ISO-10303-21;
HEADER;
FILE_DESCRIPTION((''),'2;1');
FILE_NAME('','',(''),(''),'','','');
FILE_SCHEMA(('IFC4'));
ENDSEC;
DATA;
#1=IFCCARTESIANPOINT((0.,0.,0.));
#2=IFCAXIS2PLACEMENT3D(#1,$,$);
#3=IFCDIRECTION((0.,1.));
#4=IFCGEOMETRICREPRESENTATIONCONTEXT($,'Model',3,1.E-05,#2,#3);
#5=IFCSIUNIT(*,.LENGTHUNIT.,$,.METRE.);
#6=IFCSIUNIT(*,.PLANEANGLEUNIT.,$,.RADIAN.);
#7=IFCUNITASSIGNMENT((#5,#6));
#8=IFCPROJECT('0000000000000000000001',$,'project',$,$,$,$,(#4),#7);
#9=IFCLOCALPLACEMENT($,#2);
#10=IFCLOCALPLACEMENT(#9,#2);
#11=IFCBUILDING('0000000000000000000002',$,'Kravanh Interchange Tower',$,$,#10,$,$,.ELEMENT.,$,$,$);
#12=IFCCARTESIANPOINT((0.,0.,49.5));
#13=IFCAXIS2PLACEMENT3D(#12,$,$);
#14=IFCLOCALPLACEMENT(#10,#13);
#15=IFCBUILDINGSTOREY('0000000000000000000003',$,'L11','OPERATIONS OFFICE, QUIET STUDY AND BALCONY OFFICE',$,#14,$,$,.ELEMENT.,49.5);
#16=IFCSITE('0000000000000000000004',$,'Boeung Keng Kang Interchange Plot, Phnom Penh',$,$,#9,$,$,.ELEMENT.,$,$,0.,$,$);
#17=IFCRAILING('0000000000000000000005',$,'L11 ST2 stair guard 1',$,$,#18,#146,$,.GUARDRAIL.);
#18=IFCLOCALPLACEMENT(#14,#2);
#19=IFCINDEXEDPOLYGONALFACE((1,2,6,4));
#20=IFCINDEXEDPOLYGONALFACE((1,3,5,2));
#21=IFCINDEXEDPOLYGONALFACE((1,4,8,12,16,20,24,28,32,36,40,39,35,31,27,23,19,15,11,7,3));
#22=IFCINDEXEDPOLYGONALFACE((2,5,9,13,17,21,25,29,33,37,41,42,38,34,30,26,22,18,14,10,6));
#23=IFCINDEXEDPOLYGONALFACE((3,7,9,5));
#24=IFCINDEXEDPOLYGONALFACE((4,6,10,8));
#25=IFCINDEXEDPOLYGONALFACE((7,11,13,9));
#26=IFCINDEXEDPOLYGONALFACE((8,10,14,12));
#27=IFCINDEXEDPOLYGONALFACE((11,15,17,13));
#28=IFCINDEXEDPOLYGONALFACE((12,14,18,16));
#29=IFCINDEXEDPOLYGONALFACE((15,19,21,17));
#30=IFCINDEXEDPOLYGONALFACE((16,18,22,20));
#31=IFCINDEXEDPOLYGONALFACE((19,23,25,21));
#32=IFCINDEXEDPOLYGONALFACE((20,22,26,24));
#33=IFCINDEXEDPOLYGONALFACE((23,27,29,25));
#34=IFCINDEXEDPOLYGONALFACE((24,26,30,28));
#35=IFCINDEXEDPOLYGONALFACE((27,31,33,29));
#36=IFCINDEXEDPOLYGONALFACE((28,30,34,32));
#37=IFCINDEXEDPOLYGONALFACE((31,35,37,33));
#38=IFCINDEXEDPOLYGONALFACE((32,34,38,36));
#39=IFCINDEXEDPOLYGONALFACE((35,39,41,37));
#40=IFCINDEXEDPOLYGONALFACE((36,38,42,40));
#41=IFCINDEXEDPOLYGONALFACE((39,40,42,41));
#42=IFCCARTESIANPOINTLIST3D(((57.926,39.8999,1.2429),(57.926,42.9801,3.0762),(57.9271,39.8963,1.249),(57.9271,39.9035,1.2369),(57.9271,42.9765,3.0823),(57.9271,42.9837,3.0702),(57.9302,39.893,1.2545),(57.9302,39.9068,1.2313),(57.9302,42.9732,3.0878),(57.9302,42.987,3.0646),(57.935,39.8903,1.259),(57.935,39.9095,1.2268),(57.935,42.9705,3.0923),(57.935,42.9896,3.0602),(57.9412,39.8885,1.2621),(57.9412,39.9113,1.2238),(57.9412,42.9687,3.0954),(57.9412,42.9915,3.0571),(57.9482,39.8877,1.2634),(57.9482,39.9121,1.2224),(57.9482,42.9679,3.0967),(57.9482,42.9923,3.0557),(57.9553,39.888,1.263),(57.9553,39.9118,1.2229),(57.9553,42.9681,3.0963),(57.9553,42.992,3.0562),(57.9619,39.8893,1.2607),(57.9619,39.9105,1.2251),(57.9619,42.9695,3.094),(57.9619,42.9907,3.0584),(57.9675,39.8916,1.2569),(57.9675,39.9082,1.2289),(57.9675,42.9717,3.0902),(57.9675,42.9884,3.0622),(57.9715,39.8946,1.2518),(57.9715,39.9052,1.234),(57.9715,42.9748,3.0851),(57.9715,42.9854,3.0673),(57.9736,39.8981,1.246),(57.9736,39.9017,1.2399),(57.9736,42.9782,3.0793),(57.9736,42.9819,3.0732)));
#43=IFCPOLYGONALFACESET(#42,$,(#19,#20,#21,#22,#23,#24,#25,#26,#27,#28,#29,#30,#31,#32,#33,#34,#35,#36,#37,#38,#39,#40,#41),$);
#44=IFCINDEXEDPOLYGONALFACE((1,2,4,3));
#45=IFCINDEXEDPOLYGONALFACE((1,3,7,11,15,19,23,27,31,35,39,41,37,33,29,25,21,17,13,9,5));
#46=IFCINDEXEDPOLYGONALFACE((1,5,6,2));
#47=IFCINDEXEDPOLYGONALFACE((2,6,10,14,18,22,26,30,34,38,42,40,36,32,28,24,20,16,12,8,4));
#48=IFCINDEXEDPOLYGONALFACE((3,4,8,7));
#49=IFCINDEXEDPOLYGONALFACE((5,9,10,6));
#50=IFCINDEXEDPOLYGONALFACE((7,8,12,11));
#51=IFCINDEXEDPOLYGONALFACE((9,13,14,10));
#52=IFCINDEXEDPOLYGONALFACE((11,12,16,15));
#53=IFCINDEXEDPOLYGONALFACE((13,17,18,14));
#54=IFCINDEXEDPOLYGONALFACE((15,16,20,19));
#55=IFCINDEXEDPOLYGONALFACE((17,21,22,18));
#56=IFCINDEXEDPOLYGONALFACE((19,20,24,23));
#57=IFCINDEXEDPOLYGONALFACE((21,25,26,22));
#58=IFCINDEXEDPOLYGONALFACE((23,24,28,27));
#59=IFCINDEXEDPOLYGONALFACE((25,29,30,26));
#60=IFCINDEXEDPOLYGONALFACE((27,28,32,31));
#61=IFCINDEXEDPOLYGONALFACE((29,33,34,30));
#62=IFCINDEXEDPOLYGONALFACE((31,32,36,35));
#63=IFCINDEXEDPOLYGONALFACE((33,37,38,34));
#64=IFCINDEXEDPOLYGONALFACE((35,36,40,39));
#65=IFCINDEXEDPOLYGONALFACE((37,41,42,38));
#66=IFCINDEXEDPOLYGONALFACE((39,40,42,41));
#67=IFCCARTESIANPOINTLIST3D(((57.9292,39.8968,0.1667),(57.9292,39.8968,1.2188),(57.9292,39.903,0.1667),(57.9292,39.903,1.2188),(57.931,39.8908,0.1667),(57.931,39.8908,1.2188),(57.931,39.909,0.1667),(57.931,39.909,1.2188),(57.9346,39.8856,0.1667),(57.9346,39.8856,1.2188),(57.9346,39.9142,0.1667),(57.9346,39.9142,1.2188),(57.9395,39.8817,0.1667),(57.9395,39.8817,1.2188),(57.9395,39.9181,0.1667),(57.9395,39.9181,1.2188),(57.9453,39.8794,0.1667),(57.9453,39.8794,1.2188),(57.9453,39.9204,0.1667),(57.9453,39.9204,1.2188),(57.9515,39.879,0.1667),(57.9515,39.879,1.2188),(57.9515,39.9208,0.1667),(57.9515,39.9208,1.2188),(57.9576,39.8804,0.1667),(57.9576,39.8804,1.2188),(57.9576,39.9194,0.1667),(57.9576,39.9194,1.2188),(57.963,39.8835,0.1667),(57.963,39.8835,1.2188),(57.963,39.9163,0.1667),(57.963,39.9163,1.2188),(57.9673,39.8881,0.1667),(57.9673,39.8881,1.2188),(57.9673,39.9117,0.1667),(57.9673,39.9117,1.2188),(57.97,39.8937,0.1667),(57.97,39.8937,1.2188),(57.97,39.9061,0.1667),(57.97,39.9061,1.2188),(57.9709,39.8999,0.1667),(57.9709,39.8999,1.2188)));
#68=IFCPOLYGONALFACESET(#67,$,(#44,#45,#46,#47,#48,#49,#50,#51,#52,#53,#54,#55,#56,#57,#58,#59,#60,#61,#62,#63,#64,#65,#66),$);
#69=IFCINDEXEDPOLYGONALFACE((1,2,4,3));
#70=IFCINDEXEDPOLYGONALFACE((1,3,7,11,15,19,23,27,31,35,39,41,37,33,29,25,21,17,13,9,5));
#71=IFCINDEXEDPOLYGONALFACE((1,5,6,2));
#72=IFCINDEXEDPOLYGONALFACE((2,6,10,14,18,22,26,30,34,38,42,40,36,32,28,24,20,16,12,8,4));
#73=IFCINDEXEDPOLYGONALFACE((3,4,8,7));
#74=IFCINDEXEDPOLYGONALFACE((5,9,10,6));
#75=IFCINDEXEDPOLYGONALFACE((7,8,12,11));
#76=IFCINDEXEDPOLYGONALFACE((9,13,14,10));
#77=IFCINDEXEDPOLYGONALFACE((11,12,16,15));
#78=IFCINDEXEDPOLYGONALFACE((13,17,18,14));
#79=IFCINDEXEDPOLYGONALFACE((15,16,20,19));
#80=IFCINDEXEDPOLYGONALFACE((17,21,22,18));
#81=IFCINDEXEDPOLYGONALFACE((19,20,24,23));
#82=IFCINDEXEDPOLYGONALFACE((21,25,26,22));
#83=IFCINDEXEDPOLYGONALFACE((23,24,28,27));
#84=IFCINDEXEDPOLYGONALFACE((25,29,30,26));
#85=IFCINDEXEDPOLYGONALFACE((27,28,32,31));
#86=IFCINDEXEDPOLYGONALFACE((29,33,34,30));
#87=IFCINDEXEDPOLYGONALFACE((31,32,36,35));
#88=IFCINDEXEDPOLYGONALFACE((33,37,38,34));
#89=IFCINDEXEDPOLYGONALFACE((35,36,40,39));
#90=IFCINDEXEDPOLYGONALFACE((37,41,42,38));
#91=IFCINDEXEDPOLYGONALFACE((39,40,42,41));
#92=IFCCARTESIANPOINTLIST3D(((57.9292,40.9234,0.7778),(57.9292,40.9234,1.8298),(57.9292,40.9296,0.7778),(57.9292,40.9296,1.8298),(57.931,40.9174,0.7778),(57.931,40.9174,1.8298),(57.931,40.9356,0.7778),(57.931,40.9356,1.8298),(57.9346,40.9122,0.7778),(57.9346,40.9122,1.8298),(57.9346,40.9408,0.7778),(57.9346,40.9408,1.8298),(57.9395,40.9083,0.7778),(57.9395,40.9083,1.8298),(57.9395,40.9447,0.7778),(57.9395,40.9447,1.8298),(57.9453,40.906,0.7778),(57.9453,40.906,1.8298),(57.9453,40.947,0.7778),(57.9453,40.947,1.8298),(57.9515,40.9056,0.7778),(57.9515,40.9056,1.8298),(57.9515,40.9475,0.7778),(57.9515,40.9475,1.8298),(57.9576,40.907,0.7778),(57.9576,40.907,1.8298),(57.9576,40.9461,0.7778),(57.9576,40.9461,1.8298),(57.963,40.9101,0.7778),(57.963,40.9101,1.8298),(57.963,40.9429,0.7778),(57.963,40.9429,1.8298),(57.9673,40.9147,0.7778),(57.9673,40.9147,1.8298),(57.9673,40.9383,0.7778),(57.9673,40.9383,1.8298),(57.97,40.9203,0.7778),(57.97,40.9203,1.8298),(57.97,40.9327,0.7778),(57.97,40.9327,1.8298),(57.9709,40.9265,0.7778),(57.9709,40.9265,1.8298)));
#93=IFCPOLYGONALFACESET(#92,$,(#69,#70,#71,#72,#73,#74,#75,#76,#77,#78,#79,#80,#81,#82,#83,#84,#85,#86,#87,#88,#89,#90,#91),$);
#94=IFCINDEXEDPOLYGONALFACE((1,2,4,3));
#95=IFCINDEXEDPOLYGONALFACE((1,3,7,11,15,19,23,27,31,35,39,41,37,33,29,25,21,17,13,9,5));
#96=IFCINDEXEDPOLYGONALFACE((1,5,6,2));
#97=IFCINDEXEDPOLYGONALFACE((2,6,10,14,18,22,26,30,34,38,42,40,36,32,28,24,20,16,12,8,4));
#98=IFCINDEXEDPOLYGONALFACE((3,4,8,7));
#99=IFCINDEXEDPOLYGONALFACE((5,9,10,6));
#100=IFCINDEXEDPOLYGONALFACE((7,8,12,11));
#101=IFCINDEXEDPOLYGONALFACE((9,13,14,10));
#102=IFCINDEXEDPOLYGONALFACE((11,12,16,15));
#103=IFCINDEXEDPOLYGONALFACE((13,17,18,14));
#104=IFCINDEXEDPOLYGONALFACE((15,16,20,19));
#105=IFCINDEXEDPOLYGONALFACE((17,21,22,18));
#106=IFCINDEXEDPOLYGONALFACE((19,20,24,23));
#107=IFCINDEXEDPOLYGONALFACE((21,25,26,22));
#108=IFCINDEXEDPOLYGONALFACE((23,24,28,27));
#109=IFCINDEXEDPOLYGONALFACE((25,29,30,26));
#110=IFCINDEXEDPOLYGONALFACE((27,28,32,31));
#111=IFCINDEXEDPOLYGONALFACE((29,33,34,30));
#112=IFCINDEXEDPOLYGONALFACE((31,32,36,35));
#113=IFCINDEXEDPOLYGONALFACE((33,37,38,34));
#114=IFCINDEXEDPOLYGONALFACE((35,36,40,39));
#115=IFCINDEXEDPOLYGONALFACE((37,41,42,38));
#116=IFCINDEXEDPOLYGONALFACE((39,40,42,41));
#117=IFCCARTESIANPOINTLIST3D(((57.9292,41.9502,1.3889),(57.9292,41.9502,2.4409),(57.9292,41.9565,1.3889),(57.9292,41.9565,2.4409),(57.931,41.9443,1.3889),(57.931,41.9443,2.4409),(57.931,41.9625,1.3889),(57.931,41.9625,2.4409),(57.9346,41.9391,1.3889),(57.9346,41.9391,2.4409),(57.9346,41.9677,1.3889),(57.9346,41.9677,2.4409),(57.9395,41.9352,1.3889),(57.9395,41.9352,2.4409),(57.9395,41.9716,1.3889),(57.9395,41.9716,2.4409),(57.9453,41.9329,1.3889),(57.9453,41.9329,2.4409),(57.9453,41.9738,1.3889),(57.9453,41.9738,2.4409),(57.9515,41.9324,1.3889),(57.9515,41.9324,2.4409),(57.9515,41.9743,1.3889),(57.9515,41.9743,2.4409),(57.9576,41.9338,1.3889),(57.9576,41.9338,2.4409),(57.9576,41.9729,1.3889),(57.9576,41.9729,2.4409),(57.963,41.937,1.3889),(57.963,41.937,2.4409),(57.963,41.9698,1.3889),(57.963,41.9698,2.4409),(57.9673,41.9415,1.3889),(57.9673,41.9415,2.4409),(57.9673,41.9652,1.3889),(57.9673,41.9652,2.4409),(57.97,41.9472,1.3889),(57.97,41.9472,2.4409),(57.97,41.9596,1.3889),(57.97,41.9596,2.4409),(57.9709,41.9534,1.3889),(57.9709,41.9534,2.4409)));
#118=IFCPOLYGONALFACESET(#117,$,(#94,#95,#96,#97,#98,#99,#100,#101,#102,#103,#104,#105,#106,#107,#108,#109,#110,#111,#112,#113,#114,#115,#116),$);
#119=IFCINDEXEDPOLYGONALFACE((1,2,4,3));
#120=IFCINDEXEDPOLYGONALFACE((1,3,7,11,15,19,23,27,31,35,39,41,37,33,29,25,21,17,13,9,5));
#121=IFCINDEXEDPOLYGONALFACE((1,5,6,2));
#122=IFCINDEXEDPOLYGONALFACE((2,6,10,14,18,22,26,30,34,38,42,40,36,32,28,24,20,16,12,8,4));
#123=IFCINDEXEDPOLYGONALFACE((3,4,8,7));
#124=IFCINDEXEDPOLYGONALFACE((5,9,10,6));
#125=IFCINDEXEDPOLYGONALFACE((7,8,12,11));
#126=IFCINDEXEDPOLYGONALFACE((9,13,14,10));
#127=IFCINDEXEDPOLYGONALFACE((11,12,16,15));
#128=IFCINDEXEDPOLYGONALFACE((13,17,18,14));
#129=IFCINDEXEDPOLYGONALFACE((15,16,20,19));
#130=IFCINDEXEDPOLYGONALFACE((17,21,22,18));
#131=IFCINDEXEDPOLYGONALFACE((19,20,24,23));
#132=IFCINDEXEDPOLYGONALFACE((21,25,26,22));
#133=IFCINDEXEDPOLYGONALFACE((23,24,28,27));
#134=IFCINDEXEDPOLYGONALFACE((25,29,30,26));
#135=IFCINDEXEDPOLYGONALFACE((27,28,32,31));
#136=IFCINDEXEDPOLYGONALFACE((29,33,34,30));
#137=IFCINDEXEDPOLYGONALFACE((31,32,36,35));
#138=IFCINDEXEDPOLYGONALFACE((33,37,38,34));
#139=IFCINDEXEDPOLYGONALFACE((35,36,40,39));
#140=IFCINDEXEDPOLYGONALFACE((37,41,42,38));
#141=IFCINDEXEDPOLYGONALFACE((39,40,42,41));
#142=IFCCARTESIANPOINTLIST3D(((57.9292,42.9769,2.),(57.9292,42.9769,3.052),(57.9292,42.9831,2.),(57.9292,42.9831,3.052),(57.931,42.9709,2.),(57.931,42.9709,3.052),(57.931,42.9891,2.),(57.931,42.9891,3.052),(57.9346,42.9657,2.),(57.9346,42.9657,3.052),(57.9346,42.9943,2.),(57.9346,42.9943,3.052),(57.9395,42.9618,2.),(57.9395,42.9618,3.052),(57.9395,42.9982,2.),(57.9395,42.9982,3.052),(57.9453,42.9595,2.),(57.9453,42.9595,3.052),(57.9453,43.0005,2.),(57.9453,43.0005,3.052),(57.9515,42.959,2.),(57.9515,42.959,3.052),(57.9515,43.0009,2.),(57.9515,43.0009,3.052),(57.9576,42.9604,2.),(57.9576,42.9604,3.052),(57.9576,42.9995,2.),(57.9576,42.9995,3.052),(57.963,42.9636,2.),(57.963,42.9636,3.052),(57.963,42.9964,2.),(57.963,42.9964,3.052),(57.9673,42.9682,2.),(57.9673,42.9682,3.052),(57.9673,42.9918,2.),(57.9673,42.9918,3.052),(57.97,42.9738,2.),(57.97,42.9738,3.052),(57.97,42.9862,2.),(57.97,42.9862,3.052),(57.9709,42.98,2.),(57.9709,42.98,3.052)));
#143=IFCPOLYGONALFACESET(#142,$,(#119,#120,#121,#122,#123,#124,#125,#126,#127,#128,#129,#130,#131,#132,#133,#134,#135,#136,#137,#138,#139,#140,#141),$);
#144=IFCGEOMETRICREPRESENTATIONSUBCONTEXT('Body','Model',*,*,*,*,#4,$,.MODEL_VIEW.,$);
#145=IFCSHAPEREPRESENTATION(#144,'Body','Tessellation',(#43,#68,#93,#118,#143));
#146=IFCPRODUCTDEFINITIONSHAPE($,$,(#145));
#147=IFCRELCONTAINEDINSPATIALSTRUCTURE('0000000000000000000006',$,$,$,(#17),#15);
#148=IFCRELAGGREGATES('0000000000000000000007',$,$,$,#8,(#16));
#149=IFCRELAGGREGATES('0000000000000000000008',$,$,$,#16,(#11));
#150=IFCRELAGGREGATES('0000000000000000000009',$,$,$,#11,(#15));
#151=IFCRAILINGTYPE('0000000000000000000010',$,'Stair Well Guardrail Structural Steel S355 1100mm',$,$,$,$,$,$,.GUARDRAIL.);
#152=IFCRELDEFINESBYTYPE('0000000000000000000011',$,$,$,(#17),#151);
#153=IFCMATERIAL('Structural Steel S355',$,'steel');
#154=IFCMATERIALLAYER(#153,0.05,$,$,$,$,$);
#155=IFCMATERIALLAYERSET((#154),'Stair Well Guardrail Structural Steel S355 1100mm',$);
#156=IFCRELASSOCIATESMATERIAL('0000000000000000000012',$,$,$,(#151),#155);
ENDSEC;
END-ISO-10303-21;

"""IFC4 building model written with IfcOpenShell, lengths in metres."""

from ifc_helpers import new_model, si_unit, direction, frame, origin, origin_2d, place, context, subcontext, project, spatial, circle, extrude, material, layer, layer_set, type_object, element, save


model = new_model("IFC4")

# Units and contexts
model_context = context("Model", 3, precision=1e-05, world=origin(), true_north=direction((0.0, 1.0)))
body_context = subcontext(model_context, "Body", "Model", "MODEL_VIEW")
ifc_project = project(units=[si_unit("LENGTHUNIT", "METRE"), si_unit("PLANEANGLEUNIT", "RADIAN")], contexts=[model_context])

# Site, building, storey
site_placement = place(None, origin())
site = spatial("IfcSite", under=ifc_project, at=site_placement, Name="Boeung Keng Kang Interchange Plot, Phnom Penh", CompositionType="ELEMENT", RefElevation=0.0)
building_placement = place(site_placement, origin())
building = spatial("IfcBuilding", under=site, at=building_placement, Name="Kravanh Interchange Tower", CompositionType="ELEMENT")
storey_placement = place(building_placement, frame((0.0, 0.0, 49.5)))
storey = spatial("IfcBuildingStorey", under=building, at=storey_placement, Name="L11", Description="OPERATIONS OFFICE, QUIET STUDY AND BALCONY OFFICE", CompositionType="ELEMENT", Elevation=49.5)

# Railing
ifc_material_1 = material(Name="Structural Steel S355", Category="steel")
ifc_layer_1 = layer(ifc_material_1, 0.05)
ifc_layer_set_1 = layer_set([ifc_layer_1], Name="Stair Well Guardrail Structural Steel S355 1100mm")
railing_type_1 = type_object("IfcRailingType", Name="Stair Well Guardrail Structural Steel S355 1100mm", PredefinedType="GUARDRAIL", material=ifc_layer_set_1)
railing_1_placement = place(storey_placement, frame((57.95, 39.8999, 0.1667)))
element("IfcRailing", 1, at=railing_1_placement, inside=storey, type_object=railing_type_1, Name="L11 ST2 stair guard 1", PredefinedType="GUARDRAIL", context=body_context, shape_type="SweptSolid", body=[
    extrude(circle(Radius=0.0239, at=origin_2d()), frame((0.0, 0.0, 1.0762), z_axis=(0.0, 0.859309, 0.511458), x_axis=(-1.0, 0.0, 0.0)), (0.0, 0.0, 1.0), 3.5845),
    extrude(circle(Radius=0.021, at=origin_2d()), origin(), (0.0, 0.0, 1.0), 1.052),
    extrude(circle(Radius=0.021, at=origin_2d()), frame((0.0, 1.0266, 0.6111)), (0.0, 0.0, 1.0), 1.052),
    extrude(circle(Radius=0.021, at=origin_2d()), frame((0.0, 2.0535, 1.2222)), (0.0, 0.0, 1.0), 1.052),
    extrude(circle(Radius=0.021, at=origin_2d()), frame((0.0, 3.0801, 1.8333)), (0.0, 0.0, 1.0), 1.052),
])

save(model, "model.ifc")
